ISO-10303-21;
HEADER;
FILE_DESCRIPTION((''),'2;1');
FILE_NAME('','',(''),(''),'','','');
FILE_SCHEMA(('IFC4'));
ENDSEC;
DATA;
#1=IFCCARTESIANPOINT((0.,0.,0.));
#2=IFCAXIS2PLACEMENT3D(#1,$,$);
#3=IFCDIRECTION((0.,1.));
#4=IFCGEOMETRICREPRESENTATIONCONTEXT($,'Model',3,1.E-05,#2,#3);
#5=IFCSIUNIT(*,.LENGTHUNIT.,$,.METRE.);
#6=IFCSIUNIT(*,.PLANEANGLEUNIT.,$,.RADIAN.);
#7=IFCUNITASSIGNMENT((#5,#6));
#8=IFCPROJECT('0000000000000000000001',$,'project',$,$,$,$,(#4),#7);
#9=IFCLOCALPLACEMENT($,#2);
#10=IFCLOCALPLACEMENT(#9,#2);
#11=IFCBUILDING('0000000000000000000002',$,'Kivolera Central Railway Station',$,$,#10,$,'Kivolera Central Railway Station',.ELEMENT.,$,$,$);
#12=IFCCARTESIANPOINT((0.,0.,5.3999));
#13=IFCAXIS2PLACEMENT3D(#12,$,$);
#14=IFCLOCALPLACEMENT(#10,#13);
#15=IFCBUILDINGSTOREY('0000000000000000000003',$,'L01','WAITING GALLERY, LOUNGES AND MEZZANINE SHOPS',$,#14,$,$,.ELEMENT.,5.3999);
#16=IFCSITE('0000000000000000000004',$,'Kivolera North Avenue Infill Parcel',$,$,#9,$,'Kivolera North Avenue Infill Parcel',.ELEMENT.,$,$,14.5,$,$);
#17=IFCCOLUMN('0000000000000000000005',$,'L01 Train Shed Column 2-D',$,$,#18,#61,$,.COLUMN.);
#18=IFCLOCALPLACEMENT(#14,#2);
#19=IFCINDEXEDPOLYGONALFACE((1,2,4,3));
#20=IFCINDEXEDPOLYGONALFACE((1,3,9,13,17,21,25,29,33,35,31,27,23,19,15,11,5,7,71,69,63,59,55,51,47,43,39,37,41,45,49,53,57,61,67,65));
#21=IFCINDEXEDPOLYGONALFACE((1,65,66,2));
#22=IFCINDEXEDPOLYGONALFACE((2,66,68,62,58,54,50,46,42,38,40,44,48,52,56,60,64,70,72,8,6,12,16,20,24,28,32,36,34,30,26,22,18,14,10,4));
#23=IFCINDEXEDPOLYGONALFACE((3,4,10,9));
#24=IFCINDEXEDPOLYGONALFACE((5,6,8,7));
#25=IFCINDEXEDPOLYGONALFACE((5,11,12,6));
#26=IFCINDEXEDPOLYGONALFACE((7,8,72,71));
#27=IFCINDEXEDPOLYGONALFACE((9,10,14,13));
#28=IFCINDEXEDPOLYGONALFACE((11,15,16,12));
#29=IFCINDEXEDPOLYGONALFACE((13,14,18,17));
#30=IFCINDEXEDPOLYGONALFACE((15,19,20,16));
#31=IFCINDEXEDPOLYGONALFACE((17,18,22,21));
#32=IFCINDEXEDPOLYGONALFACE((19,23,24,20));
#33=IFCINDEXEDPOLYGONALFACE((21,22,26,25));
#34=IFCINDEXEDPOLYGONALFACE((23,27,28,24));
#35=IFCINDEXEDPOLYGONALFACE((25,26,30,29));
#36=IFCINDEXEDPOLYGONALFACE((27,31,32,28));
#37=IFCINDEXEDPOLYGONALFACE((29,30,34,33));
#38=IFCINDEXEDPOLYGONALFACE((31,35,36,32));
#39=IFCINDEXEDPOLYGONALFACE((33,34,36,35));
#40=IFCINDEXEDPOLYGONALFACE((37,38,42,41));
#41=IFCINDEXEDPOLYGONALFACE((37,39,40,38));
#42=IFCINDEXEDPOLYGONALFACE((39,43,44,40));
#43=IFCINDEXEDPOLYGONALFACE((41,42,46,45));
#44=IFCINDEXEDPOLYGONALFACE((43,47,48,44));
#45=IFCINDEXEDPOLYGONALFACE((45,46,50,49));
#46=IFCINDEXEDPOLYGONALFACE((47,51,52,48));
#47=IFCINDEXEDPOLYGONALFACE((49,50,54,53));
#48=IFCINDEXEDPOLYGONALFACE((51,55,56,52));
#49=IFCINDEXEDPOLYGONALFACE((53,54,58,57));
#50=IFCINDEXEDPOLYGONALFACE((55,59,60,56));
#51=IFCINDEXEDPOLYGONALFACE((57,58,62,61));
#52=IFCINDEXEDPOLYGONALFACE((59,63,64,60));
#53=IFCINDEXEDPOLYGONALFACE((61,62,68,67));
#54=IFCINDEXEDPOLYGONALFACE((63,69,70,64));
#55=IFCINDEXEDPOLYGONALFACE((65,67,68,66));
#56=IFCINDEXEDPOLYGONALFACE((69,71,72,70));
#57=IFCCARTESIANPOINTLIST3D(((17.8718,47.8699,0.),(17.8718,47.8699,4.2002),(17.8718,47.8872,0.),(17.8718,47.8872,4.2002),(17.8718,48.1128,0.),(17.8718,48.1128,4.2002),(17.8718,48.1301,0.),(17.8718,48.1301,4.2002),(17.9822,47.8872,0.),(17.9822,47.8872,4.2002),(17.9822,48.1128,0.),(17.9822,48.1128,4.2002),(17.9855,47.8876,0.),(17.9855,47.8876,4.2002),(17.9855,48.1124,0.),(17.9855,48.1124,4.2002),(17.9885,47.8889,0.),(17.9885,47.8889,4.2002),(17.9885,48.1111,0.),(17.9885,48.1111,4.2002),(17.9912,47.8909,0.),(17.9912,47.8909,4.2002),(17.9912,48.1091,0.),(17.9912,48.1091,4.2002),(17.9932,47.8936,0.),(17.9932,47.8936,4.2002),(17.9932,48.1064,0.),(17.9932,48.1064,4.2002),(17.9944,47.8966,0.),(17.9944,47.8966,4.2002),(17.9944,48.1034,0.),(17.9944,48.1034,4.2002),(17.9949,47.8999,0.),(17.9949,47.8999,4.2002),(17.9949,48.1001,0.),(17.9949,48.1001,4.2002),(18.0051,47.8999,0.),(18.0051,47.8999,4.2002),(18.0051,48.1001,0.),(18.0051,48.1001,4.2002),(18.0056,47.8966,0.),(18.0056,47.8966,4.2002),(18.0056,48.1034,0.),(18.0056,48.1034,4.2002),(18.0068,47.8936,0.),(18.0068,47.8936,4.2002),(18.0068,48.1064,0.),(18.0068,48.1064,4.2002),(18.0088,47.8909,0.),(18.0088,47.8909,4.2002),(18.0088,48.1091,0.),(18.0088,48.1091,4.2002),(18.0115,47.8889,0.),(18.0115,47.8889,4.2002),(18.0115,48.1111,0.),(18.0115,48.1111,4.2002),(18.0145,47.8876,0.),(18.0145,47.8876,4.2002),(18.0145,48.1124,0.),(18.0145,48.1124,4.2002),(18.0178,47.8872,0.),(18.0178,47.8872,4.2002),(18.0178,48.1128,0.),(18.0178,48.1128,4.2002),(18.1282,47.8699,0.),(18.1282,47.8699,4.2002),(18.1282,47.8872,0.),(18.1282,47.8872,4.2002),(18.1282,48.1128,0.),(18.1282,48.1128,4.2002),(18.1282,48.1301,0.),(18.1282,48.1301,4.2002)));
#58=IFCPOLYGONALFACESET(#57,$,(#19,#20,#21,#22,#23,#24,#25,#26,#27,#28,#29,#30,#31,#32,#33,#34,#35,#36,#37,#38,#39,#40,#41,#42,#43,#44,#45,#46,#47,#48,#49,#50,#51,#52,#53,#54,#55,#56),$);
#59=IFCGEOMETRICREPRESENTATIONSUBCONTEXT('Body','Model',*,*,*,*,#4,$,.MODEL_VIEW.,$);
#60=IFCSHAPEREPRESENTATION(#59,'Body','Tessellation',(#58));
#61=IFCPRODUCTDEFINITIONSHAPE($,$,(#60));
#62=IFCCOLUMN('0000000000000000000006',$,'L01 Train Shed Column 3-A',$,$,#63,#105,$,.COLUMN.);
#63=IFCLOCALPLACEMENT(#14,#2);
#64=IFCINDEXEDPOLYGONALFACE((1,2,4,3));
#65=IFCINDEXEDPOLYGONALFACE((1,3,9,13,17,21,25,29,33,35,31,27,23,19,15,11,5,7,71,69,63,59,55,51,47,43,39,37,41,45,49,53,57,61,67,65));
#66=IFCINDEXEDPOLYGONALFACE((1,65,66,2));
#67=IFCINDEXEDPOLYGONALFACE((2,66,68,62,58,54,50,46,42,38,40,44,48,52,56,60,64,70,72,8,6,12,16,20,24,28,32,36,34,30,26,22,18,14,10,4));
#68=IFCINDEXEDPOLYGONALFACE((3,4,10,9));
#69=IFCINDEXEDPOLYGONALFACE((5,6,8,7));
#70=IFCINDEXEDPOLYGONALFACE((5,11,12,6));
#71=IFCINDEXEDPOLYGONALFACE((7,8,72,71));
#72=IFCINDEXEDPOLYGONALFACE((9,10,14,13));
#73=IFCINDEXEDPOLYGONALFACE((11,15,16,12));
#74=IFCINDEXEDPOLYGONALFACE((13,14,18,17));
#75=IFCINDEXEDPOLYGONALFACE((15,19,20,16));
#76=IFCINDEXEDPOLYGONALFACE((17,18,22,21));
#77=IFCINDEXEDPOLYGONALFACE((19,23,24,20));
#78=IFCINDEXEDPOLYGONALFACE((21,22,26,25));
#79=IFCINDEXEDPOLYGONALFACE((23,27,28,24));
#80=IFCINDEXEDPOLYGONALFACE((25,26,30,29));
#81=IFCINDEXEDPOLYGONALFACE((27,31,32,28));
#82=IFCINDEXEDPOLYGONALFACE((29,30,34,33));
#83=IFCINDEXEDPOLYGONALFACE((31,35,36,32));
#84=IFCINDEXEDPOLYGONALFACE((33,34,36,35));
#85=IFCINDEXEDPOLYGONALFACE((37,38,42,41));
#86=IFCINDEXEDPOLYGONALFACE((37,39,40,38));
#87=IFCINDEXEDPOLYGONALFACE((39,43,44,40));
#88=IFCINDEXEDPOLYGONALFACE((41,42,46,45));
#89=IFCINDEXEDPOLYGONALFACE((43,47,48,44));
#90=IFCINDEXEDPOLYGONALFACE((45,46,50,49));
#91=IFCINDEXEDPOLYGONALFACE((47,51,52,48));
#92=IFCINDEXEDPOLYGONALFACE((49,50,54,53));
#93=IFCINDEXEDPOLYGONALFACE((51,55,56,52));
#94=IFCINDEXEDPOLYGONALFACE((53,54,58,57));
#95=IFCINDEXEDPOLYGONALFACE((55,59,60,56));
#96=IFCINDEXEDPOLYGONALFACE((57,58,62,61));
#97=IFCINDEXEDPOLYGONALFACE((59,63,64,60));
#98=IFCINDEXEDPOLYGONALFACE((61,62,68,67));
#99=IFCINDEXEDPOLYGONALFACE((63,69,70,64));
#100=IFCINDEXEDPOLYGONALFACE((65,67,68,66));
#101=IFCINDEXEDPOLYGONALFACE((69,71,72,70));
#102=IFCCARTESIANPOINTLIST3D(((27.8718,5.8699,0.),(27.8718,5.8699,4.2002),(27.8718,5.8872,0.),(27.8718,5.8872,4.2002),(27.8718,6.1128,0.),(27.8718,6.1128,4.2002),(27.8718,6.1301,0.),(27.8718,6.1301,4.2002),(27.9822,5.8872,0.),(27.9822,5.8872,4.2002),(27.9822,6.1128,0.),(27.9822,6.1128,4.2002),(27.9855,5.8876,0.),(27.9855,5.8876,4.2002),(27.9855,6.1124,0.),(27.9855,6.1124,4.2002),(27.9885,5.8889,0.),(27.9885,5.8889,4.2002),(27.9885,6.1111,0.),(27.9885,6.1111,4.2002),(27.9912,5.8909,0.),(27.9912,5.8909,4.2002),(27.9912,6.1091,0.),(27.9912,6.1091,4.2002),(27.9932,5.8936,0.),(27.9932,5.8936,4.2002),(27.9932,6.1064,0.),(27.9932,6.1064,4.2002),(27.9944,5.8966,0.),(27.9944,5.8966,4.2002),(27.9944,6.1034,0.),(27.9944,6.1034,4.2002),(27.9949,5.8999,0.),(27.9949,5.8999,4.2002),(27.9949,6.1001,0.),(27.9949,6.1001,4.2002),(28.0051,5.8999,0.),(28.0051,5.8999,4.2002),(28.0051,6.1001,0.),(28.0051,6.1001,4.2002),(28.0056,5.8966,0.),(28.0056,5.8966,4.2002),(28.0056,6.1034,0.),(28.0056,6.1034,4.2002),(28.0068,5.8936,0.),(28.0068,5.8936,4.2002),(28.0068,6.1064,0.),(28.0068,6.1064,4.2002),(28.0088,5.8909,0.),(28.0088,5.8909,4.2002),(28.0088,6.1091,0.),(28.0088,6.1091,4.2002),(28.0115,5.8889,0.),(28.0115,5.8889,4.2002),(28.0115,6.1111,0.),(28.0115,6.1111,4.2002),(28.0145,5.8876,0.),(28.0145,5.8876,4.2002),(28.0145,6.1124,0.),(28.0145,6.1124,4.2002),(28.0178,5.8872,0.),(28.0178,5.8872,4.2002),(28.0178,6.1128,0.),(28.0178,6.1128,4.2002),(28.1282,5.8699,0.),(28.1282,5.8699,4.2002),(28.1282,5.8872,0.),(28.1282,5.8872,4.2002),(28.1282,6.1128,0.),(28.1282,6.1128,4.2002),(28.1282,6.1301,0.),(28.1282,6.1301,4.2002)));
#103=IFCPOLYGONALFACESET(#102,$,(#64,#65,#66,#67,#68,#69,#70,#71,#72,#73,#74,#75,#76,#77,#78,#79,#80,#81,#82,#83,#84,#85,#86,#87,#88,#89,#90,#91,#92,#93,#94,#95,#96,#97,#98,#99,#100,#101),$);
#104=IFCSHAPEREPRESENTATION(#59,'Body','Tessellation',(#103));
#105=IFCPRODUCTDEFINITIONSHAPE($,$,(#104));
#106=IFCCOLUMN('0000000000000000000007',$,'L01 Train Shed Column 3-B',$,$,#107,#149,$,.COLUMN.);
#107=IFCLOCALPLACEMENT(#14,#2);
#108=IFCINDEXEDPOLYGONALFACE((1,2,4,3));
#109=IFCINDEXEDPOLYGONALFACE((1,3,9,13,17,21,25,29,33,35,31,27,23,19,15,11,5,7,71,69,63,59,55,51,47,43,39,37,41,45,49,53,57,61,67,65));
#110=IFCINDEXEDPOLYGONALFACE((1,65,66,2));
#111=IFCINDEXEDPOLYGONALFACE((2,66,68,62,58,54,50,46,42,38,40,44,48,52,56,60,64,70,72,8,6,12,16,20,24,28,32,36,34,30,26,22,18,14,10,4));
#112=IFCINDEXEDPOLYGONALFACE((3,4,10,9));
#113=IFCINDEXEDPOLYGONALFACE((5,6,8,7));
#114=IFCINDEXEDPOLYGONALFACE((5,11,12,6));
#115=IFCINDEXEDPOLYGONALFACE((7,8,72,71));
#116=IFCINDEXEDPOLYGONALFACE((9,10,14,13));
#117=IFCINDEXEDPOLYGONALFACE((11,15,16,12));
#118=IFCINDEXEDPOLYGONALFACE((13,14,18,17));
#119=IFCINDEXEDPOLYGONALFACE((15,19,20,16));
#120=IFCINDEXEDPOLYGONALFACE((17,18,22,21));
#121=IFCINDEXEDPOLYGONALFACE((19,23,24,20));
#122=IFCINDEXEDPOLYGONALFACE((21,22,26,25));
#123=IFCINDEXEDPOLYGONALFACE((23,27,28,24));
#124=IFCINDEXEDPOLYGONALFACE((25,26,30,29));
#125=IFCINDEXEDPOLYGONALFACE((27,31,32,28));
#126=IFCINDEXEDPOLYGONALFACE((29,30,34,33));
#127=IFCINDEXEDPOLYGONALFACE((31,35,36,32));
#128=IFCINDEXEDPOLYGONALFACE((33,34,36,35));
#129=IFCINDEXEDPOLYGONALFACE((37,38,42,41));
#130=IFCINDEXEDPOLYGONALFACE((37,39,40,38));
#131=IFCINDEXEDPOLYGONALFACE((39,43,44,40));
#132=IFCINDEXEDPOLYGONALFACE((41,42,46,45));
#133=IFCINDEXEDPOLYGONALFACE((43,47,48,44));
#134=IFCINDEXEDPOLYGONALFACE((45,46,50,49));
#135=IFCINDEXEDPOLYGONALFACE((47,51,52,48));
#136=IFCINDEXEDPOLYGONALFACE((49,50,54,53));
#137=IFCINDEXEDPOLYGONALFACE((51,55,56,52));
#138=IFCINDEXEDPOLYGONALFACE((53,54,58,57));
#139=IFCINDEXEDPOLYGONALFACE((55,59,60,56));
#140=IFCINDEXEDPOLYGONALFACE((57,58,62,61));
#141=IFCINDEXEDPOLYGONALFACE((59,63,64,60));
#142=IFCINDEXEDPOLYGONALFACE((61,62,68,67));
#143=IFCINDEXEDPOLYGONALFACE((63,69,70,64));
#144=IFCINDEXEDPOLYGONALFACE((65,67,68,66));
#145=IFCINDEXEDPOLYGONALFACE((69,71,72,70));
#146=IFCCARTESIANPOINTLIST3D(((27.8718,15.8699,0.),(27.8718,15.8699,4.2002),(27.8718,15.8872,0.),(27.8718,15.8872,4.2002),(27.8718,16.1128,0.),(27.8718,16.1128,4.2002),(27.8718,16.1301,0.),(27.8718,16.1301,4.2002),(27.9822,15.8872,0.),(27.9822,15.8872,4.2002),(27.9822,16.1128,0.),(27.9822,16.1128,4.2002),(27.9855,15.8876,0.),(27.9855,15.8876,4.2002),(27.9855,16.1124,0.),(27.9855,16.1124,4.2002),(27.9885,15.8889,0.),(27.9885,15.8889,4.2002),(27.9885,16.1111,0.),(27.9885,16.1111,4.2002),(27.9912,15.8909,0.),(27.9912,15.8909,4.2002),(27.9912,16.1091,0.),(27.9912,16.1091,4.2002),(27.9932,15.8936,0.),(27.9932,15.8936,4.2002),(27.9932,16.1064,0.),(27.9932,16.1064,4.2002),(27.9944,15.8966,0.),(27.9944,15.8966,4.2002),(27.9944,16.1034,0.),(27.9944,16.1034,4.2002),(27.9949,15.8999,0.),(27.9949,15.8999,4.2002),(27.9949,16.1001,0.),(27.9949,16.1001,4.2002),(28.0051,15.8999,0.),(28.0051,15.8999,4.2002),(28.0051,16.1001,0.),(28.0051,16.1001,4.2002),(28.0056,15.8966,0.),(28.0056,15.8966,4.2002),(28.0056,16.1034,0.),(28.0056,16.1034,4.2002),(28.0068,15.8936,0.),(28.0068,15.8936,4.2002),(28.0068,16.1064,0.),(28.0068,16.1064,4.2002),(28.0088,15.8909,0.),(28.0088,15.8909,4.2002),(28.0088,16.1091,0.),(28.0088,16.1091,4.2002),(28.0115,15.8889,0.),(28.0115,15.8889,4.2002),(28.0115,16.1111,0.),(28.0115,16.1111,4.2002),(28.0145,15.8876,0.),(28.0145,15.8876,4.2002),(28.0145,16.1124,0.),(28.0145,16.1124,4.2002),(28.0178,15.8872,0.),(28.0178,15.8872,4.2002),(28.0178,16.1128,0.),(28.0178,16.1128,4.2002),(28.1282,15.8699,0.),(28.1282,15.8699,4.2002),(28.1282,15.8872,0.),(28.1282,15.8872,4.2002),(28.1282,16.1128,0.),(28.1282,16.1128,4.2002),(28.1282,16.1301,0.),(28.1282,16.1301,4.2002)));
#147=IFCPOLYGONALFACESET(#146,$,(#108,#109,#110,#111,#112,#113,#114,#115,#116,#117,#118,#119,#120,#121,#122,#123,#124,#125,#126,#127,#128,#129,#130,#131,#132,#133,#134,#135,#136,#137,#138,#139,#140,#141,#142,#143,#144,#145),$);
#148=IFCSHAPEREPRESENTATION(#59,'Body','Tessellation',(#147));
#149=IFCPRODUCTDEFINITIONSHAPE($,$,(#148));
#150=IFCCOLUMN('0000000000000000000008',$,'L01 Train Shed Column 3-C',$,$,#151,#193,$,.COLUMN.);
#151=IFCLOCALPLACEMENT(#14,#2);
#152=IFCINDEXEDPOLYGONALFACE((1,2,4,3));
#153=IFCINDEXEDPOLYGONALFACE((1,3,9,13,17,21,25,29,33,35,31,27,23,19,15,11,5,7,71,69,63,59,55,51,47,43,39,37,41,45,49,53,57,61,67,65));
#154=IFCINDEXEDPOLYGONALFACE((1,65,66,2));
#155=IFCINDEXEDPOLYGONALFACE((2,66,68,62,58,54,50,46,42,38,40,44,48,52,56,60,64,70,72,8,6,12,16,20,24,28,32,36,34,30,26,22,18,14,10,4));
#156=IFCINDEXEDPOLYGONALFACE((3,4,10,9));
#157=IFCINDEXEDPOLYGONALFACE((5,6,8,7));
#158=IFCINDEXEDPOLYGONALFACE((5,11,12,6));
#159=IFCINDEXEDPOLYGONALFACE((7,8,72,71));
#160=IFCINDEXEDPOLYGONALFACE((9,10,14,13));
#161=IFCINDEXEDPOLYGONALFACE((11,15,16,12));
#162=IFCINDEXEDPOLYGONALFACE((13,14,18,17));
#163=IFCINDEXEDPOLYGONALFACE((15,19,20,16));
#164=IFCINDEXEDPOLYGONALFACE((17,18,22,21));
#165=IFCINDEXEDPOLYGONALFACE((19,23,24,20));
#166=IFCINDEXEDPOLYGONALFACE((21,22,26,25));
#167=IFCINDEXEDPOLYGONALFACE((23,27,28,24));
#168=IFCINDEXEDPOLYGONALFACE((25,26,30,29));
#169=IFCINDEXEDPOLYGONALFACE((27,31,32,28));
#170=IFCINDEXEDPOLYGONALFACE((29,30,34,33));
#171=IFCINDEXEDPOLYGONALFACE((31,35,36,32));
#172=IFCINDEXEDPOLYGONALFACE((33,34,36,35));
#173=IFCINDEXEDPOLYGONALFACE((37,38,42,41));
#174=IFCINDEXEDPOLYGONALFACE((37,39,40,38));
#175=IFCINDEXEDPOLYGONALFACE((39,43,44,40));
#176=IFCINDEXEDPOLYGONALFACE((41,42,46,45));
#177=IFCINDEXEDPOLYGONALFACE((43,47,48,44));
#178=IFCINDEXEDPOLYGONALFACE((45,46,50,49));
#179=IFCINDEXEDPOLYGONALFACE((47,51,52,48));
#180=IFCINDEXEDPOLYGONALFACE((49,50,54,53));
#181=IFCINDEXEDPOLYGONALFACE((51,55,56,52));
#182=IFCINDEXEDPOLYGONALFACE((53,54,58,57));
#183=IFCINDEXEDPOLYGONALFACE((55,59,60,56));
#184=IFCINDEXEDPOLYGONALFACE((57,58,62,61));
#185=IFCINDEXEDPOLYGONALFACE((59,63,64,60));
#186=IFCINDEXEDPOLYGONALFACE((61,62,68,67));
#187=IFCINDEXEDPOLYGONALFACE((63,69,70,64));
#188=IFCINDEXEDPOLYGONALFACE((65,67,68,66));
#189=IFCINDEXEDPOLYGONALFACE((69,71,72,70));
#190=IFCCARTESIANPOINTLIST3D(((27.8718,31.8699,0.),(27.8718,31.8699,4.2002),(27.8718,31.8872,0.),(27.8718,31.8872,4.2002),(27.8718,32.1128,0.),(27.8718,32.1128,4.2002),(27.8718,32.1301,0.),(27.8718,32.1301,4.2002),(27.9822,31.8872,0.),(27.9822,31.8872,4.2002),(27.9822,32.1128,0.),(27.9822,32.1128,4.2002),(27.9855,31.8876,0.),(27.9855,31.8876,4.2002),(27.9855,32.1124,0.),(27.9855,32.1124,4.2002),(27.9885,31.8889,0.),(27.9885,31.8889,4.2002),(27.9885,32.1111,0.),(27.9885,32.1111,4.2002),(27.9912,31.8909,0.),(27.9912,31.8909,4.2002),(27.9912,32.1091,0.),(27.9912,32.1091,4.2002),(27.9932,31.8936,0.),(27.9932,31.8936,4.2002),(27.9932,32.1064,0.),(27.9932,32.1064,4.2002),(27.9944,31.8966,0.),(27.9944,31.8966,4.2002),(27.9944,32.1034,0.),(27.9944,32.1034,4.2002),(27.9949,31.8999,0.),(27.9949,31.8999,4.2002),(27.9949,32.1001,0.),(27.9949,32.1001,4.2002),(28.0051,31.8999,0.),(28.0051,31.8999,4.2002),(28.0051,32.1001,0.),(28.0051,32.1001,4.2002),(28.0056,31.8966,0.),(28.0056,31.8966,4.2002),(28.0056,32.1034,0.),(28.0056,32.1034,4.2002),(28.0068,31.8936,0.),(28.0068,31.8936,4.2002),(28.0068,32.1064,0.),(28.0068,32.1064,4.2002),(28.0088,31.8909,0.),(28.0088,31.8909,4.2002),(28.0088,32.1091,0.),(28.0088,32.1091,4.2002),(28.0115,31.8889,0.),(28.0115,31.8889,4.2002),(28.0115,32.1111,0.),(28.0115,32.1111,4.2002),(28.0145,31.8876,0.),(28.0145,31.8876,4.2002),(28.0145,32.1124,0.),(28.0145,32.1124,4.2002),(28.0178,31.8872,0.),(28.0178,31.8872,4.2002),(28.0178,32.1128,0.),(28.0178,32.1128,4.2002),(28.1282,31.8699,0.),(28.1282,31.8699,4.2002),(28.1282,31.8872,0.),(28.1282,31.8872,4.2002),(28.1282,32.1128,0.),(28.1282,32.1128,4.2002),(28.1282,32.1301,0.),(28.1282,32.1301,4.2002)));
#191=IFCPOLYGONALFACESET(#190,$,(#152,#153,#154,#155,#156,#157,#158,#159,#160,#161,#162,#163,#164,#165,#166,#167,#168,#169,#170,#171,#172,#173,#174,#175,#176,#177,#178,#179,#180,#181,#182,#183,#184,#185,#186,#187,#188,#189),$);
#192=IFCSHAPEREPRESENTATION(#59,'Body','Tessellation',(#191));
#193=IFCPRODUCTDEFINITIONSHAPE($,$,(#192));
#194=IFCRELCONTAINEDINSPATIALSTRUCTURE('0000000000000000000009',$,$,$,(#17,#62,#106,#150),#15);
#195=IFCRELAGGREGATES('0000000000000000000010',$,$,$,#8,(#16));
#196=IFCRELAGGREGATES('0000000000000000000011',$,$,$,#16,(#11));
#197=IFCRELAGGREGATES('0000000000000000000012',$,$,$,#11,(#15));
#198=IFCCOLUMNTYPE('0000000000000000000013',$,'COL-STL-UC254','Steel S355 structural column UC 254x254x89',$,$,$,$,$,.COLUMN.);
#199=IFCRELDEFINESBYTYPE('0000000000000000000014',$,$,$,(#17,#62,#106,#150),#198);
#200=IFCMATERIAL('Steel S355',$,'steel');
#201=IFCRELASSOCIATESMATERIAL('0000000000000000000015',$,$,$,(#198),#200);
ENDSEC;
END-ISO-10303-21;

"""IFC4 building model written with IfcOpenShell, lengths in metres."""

from ifc_helpers import new_model, si_unit, direction, frame, origin, origin_2d, place, context, subcontext, project, spatial, i_section, extrude, material, material_profile, profile_set, type_object, element, save


model = new_model("IFC4")

# Units and contexts
model_context = context("Model", 3, precision=1e-05, world=origin(), true_north=direction((0.0, 1.0)))
body_context = subcontext(model_context, "Body", "Model", "MODEL_VIEW")
ifc_project = project(units=[si_unit("LENGTHUNIT", "METRE"), si_unit("PLANEANGLEUNIT", "RADIAN")], contexts=[model_context])

# Site, building, storey
site_placement = place(None, origin())
site = spatial("IfcSite", under=ifc_project, at=site_placement, Name="Kivolera North Avenue Infill Parcel", LongName="Kivolera North Avenue Infill Parcel", CompositionType="ELEMENT", RefElevation=14.5)
building_placement = place(site_placement, origin())
building = spatial("IfcBuilding", under=site, at=building_placement, Name="Kivolera Central Railway Station", LongName="Kivolera Central Railway Station", CompositionType="ELEMENT")
storey_placement = place(building_placement, frame((0.0, 0.0, 5.3999)))
storey = spatial("IfcBuildingStorey", under=building, at=storey_placement, Name="L01", Description="WAITING GALLERY, LOUNGES AND MEZZANINE SHOPS", CompositionType="ELEMENT", Elevation=5.3999)

# Columns
ifc_material_1 = material(Name="Steel S355", Category="steel")
ifc_material_profile_1 = material_profile(ifc_material_1, i_section(OverallWidth=0.2563, OverallDepth=0.2603, WebThickness=0.0103, FlangeThickness=0.0173, FilletRadius=0.0127, at=origin_2d()), Name="UC 254x254x89")
ifc_profile_set_1 = profile_set([ifc_material_profile_1], Name="Steel S355")
column_type_1 = type_object("IfcColumnType", Name="COL-STL-UC254", Description="Steel S355 structural column UC 254x254x89", PredefinedType="COLUMN", material=ifc_profile_set_1)
for number, where, z_axis, x_axis, name in (
    (1, (18.0, 48.0, 0.0), (0.0, 0.0, 1.0), (1.0, 0.0, 0.0), "L01 Train Shed Column 2-D"),
    (2, (28.0, 6.0, 0.0), (0.0, 0.0, 1.0), (1.0, 0.0, 0.0), "L01 Train Shed Column 3-A"),
    (3, (28.0, 16.0, 0.0), (0.0, 0.0, 1.0), (1.0, 0.0, 0.0), "L01 Train Shed Column 3-B"),
    (4, (28.0, 32.0, 0.0), (0.0, 0.0, 1.0), (1.0, 0.0, 0.0), "L01 Train Shed Column 3-C"),
):
    element("IfcColumn", number, at=place(storey_placement, frame(where, z_axis=z_axis, x_axis=x_axis)), inside=storey, type_object=column_type_1, Name=name, PredefinedType="COLUMN", context=body_context, shape_type="SweptSolid", body=[
        extrude(i_section(OverallWidth=0.2563, OverallDepth=0.2603, WebThickness=0.0103, FlangeThickness=0.0173, FilletRadius=0.0127, at=origin_2d()), origin(), (0.0, 0.0, 1.0), 4.2002),
    ])

save(model, "model.ifc")
